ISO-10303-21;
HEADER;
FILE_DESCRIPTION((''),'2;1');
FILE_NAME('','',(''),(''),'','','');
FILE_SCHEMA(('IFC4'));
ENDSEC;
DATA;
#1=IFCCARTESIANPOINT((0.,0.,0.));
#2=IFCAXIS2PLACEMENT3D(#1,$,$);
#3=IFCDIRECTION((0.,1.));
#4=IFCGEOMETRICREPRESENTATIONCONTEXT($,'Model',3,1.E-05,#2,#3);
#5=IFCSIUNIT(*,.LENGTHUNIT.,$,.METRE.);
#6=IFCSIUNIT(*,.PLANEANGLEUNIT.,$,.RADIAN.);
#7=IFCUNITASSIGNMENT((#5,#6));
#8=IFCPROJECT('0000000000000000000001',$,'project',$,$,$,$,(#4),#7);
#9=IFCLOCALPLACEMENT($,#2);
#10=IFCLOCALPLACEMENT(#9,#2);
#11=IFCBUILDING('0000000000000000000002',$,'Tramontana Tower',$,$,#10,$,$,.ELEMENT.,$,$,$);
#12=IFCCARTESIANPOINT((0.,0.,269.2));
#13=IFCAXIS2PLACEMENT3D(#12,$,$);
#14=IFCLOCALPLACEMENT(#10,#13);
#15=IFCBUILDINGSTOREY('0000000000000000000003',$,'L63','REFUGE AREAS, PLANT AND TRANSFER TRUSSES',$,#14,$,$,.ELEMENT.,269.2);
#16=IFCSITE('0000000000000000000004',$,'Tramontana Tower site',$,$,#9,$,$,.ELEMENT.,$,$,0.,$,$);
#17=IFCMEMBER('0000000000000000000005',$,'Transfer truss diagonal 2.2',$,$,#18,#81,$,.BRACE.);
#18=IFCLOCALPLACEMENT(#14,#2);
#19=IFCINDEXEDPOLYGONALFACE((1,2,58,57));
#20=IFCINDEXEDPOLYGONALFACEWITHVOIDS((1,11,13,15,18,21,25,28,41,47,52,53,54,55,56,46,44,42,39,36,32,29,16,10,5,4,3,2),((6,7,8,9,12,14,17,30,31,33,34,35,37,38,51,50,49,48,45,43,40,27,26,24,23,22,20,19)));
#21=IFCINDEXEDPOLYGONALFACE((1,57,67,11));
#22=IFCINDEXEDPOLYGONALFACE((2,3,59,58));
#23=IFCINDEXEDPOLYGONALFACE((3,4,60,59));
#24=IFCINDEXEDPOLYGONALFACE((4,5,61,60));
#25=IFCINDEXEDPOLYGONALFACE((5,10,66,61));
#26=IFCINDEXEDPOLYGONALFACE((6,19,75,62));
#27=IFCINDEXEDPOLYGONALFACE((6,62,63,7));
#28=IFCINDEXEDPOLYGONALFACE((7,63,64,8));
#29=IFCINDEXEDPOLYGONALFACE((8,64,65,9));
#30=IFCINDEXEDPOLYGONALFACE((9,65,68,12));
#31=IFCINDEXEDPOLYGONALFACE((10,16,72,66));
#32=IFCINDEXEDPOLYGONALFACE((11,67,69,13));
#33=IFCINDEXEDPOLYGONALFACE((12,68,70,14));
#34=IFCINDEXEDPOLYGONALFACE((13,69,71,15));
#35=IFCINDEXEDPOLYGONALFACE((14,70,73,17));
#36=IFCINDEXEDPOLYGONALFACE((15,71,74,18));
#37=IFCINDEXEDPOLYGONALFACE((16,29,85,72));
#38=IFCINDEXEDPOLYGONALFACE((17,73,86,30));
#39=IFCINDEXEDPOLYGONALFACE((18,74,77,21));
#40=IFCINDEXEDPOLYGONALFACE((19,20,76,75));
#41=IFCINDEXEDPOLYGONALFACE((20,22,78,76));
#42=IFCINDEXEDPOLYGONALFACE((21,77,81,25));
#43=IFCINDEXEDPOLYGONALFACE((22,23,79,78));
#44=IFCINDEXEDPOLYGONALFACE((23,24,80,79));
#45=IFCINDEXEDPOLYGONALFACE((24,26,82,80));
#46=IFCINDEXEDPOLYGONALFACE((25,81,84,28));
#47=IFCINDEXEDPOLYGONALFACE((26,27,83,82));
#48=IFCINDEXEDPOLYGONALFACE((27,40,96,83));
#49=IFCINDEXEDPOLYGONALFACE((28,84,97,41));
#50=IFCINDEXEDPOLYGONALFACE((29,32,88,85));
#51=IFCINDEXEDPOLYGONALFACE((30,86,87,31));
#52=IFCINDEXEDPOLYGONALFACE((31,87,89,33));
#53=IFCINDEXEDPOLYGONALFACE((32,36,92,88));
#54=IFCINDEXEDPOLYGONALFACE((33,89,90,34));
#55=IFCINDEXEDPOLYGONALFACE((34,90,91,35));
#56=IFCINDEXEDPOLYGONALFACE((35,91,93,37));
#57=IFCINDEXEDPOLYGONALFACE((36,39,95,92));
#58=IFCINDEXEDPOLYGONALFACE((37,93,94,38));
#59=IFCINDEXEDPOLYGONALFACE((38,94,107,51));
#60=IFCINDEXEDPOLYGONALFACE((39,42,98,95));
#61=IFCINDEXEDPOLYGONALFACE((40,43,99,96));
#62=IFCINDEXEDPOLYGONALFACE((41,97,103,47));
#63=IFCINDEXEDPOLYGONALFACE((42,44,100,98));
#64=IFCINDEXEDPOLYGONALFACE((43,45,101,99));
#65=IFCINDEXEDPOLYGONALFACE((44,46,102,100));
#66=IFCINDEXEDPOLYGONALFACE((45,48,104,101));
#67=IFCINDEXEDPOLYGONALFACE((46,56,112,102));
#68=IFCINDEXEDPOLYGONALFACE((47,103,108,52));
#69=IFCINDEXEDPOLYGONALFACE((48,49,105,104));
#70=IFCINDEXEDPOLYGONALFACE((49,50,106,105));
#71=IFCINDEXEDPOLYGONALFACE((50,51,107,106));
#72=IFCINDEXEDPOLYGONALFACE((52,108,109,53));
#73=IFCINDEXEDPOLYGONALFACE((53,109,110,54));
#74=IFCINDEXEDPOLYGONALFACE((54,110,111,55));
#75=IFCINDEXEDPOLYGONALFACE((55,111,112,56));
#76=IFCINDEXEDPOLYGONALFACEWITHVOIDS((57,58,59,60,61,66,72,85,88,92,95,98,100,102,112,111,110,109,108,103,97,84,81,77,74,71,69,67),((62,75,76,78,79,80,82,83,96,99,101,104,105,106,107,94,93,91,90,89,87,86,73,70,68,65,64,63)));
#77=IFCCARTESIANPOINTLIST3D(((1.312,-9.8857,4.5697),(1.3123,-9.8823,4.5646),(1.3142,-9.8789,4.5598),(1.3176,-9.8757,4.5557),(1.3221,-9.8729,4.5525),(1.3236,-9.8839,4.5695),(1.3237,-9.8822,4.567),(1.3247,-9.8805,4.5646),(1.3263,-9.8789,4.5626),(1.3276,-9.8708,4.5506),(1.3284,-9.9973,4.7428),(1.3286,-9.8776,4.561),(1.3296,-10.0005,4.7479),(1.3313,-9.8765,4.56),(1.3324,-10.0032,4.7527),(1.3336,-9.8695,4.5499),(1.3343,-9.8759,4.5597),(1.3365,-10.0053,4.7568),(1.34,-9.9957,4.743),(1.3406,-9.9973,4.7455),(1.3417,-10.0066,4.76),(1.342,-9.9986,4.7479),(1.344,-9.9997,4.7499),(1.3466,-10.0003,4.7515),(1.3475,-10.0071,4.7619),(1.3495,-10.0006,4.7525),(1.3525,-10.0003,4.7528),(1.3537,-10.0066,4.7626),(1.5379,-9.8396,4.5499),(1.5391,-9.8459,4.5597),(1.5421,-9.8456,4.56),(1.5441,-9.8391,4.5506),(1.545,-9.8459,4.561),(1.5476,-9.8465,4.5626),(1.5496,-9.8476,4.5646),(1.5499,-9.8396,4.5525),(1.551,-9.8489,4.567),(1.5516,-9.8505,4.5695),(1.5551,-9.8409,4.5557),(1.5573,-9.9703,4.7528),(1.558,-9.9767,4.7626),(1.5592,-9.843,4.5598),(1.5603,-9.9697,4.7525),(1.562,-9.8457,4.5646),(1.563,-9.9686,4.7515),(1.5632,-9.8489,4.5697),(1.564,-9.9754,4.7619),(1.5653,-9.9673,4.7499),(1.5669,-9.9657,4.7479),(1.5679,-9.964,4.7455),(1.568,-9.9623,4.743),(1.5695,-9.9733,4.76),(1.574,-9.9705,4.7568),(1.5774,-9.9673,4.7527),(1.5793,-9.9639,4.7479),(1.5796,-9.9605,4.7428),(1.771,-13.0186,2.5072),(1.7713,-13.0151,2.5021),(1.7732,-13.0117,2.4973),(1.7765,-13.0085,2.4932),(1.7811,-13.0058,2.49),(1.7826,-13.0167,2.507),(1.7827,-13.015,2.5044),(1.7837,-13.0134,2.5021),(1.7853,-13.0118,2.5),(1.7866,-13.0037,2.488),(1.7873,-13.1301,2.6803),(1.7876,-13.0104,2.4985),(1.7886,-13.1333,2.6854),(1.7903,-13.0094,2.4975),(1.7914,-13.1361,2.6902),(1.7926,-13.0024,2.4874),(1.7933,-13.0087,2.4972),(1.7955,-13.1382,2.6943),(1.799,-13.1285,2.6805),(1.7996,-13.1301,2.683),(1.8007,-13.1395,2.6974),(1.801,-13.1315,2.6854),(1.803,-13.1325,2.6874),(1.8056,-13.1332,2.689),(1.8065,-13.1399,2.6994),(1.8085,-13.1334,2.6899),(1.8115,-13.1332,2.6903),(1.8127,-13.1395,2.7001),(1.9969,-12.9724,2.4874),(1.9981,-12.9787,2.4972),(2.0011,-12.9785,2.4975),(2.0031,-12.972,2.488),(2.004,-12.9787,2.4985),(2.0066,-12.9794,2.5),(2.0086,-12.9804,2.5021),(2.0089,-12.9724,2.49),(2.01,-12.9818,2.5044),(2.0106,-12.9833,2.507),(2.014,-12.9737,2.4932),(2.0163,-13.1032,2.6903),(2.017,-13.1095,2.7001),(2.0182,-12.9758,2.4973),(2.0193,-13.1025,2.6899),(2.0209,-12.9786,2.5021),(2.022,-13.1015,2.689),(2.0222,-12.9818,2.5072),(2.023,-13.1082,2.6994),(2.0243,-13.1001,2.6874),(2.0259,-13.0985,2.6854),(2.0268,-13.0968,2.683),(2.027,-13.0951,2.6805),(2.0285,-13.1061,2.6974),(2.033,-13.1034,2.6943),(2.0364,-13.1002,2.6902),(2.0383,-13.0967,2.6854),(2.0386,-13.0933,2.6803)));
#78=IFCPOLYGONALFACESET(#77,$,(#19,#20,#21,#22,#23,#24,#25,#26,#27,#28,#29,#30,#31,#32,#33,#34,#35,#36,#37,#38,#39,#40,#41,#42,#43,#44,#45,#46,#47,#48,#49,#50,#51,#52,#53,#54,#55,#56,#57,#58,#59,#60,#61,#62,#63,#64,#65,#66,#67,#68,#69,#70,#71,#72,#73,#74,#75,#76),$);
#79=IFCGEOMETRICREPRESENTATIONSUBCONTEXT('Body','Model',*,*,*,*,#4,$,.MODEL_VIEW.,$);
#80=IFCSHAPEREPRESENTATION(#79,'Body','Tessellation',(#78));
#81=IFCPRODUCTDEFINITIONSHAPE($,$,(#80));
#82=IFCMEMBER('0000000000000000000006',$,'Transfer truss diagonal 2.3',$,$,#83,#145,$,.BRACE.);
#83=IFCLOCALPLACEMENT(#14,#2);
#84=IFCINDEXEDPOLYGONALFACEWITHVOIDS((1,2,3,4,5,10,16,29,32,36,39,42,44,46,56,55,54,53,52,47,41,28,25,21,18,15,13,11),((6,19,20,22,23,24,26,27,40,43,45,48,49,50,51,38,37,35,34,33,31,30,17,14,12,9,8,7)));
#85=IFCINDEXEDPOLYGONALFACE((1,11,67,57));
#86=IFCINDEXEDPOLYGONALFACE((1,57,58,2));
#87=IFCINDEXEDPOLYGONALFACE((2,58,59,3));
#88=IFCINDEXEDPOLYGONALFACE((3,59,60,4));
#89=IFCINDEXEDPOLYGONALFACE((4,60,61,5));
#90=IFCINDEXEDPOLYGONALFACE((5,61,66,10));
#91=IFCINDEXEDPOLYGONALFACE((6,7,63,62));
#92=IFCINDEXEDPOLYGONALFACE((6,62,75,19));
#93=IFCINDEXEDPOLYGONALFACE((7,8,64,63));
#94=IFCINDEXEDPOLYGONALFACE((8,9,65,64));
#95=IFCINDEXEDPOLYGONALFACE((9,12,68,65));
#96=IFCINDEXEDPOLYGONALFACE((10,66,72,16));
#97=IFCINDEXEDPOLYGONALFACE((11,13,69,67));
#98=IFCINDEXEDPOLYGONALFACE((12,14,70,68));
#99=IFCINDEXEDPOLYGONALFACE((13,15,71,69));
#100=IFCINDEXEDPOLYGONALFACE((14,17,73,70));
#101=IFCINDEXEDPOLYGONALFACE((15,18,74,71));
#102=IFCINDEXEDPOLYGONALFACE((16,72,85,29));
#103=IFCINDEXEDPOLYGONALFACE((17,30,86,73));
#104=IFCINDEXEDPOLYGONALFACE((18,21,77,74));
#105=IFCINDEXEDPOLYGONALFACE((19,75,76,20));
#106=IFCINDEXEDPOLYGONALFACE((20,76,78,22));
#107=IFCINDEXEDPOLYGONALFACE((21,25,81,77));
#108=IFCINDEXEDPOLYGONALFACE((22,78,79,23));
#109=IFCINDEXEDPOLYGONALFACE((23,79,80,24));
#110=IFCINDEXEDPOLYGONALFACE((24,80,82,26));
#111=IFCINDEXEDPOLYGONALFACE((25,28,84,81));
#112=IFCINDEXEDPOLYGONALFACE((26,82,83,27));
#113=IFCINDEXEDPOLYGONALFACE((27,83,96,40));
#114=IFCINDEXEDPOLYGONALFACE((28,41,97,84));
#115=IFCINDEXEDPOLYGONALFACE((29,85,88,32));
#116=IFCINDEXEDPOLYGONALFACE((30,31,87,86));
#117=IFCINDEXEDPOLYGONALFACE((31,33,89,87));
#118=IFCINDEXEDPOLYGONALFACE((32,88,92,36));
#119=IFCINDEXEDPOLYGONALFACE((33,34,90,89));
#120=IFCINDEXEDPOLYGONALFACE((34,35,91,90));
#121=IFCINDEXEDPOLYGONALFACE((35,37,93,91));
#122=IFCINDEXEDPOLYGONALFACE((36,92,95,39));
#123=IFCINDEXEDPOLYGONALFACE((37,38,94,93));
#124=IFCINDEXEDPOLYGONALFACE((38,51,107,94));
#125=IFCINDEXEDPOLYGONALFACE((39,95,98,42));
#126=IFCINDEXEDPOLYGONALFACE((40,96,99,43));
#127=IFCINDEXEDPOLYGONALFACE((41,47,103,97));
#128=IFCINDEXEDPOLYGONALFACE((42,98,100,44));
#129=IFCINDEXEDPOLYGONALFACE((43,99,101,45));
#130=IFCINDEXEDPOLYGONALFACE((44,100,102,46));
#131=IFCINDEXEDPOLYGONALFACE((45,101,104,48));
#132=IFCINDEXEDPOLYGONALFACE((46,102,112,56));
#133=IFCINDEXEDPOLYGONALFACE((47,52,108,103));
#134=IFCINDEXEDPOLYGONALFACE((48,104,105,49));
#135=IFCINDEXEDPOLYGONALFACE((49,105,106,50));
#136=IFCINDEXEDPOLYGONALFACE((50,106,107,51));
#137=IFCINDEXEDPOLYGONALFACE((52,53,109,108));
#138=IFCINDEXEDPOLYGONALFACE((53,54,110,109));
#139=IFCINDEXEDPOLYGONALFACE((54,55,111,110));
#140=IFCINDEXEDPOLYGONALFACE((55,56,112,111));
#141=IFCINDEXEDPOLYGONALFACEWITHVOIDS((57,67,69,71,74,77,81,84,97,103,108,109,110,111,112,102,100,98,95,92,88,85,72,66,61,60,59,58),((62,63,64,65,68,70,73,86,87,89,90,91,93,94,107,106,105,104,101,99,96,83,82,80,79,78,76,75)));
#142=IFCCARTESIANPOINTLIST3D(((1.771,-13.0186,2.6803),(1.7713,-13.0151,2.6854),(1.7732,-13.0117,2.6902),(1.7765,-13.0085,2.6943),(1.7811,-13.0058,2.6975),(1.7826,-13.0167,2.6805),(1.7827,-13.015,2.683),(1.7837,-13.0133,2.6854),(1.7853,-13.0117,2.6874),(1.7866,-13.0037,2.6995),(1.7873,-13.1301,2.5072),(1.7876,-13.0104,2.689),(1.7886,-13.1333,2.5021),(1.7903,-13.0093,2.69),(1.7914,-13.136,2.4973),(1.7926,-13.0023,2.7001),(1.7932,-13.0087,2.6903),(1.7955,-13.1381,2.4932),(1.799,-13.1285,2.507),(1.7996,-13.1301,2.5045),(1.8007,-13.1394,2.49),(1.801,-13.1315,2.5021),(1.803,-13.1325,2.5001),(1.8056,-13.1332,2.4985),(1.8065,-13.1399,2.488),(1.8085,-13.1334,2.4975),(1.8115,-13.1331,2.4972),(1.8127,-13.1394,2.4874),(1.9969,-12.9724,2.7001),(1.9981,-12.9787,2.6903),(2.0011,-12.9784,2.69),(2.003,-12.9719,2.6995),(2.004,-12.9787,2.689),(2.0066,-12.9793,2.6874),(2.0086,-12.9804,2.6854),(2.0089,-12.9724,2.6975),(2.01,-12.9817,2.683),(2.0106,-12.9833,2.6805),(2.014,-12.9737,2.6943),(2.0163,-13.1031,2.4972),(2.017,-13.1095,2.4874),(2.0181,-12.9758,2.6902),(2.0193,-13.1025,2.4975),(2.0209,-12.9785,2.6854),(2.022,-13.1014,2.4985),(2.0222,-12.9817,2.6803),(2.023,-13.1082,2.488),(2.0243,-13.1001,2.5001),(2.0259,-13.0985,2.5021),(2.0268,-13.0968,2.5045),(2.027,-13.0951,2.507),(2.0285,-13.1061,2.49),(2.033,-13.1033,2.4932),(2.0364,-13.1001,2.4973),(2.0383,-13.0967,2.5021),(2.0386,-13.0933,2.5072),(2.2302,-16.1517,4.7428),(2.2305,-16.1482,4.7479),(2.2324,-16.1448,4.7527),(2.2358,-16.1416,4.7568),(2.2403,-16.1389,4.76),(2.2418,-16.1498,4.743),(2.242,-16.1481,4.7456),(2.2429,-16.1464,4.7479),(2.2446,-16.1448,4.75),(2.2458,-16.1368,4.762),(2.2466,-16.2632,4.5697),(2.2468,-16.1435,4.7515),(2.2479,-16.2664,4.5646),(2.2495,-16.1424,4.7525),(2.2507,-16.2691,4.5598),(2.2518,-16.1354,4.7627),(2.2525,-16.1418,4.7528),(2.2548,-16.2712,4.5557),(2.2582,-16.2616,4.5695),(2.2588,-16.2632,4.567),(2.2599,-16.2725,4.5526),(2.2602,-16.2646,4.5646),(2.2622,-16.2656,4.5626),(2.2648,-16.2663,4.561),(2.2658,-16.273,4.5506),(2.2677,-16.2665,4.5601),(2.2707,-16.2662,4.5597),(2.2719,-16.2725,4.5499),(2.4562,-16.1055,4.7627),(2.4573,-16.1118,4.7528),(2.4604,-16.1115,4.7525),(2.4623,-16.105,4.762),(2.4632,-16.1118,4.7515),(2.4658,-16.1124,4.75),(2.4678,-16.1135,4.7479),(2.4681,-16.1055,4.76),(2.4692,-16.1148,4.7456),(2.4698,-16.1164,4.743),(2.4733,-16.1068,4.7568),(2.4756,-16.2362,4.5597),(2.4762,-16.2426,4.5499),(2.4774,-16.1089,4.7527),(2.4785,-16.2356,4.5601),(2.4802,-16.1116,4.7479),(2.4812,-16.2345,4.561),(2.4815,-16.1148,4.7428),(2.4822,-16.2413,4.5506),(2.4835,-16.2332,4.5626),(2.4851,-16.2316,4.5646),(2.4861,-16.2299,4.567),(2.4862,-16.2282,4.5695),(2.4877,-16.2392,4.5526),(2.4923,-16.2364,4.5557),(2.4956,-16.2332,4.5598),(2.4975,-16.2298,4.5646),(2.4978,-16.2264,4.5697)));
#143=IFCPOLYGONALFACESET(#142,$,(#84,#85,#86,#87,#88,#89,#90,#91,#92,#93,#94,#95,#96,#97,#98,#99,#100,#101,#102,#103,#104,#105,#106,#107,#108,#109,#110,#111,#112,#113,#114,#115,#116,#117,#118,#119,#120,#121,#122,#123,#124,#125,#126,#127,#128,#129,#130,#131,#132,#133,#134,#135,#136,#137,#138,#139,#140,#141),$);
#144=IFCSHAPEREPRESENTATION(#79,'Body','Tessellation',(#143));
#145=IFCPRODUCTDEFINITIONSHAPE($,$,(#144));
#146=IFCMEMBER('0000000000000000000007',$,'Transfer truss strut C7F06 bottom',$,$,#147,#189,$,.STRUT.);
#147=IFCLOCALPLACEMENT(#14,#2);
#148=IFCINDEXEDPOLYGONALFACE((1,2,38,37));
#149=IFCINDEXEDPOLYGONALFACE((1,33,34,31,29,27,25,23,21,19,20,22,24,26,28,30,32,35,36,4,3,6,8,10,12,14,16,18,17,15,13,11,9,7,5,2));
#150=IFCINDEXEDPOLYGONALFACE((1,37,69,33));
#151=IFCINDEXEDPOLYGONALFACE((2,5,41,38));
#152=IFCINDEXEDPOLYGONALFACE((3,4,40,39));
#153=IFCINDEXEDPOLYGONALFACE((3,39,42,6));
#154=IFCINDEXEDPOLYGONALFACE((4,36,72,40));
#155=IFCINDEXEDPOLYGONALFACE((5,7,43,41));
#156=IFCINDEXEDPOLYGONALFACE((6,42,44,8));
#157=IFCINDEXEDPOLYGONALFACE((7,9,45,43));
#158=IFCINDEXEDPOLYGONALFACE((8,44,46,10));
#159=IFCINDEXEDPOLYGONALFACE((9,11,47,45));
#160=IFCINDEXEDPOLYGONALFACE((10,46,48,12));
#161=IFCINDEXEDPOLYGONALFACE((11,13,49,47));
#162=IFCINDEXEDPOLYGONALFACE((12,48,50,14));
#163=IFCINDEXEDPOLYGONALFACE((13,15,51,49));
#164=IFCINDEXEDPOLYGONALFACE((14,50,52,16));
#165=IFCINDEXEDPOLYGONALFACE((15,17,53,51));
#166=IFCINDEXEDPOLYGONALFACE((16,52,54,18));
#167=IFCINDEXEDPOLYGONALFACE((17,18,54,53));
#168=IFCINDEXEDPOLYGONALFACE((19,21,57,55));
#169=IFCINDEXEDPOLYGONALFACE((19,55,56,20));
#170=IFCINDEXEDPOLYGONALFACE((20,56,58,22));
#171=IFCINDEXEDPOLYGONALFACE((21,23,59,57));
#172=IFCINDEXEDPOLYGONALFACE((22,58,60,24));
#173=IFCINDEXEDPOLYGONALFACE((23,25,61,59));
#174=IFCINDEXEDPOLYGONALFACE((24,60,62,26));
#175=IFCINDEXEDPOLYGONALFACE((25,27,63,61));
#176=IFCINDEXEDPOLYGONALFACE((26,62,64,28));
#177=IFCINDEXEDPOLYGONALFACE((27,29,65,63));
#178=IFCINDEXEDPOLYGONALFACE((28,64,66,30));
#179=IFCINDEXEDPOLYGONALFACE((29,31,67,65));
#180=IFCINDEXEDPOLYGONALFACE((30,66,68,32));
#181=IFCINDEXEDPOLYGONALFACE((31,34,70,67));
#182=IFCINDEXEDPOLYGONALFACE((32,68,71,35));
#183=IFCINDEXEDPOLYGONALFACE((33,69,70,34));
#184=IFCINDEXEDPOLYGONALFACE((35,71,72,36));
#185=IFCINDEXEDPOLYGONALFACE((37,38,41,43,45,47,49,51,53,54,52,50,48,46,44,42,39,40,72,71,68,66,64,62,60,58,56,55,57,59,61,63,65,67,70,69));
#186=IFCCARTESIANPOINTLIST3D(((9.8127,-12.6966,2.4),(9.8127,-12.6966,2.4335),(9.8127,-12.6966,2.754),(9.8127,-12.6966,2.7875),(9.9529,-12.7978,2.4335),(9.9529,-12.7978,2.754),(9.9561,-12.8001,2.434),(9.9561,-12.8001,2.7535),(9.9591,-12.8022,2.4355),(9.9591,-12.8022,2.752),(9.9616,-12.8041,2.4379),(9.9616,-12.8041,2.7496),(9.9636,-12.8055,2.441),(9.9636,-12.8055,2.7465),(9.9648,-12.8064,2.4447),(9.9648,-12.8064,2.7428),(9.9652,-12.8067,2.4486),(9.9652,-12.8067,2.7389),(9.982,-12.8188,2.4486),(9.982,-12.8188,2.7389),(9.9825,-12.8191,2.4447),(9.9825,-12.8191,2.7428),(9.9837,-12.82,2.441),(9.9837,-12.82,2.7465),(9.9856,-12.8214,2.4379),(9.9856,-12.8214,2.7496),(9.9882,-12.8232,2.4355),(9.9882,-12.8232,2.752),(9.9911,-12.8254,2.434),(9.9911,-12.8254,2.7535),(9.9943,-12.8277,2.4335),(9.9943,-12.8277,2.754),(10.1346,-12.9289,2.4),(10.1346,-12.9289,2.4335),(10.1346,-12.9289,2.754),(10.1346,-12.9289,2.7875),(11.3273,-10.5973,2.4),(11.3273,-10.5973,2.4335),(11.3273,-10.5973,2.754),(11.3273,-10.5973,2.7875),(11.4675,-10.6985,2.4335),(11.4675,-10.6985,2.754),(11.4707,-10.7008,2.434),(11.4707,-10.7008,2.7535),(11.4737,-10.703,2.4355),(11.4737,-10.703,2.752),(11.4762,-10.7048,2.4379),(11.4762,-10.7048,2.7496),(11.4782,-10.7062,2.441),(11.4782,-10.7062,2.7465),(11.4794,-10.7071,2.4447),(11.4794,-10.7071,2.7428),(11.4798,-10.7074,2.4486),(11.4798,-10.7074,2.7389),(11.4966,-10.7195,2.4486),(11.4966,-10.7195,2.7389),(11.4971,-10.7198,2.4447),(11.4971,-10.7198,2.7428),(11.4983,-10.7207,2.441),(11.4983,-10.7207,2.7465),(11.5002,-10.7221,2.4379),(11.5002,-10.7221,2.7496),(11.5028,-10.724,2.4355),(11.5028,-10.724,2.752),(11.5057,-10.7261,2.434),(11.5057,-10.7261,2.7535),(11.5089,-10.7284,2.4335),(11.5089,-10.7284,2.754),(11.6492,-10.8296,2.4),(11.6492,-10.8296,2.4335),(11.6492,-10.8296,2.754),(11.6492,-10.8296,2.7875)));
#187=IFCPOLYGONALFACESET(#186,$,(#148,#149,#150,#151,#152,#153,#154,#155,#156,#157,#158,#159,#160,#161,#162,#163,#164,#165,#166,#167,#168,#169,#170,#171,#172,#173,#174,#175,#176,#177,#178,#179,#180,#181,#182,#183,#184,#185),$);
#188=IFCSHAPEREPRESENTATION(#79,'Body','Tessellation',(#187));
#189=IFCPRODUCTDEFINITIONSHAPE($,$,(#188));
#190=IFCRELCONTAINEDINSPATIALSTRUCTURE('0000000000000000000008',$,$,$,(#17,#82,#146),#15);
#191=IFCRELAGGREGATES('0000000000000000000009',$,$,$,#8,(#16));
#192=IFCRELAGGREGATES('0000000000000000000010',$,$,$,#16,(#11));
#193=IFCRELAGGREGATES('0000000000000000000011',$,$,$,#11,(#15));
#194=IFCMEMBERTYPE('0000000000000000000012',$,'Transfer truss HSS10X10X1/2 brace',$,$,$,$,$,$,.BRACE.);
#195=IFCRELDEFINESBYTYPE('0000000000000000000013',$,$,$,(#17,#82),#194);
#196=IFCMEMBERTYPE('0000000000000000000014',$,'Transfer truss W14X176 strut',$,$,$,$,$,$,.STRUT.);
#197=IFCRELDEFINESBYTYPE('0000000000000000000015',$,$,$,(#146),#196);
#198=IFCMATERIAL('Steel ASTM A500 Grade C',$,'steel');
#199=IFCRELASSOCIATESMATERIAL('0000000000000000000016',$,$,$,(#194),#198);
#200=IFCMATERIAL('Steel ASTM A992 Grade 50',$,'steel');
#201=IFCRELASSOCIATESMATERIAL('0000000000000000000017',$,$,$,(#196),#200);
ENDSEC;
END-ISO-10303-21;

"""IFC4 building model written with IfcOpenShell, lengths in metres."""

from ifc_helpers import new_model, si_unit, direction, frame, origin, origin_2d, place, context, subcontext, project, spatial, hollow_rectangle, i_section, extrude, material, material_profile, profile_set, type_object, element, save


model = new_model("IFC4")

# Units and contexts
model_context = context("Model", 3, precision=1e-05, world=origin(), true_north=direction((0.0, 1.0)))
body_context = subcontext(model_context, "Body", "Model", "MODEL_VIEW")
ifc_project = project(units=[si_unit("LENGTHUNIT", "METRE"), si_unit("PLANEANGLEUNIT", "RADIAN")], contexts=[model_context])

# Site, building, storey
site_placement = place(None, origin())
site = spatial("IfcSite", under=ifc_project, at=site_placement, Name="Tramontana Tower site", CompositionType="ELEMENT", RefElevation=0.0)
building_placement = place(site_placement, origin())
building = spatial("IfcBuilding", under=site, at=building_placement, Name="Tramontana Tower", CompositionType="ELEMENT")
storey_placement = place(building_placement, frame((0.0, 0.0, 269.2)))
storey = spatial("IfcBuildingStorey", under=building, at=storey_placement, Name="L63", Description="REFUGE AREAS, PLANT AND TRANSFER TRUSSES", CompositionType="ELEMENT", Elevation=269.2)

# Members
ifc_material_1 = material(Name="Steel ASTM A500 Grade C", Category="steel")
ifc_material_profile_1 = material_profile(ifc_material_1, hollow_rectangle(XDim=0.2539, YDim=0.2539, WallThickness=0.0117, InnerFilletRadius=0.0117, OuterFilletRadius=0.0237, at=origin_2d()), Name="HSS10X10X1/2")
ifc_profile_set_1 = profile_set([ifc_material_profile_1], Name="Steel ASTM A500 Grade C")
member_type_1 = type_object("IfcMemberType", Name="Transfer truss HSS10X10X1/2 brace", PredefinedType="BRACE", material=ifc_profile_set_1)
member_1_placement = place(storey_placement, frame((1.4458, -9.9231, 4.6562), z_axis=(0.121464, -0.829057, -0.545813), x_axis=(0.989437, 0.144961, 0.0)))
element("IfcMember", 1, at=member_1_placement, inside=storey, type_object=member_type_1, Name="Transfer truss diagonal 2.2", PredefinedType="BRACE", context=body_context, shape_type="SweptSolid", body=[
    extrude(hollow_rectangle(XDim=0.2539, YDim=0.2539, WallThickness=0.0117, InnerFilletRadius=0.0117, OuterFilletRadius=0.0237, at=origin_2d()), origin(), (0.0, 0.0, 1.0), 3.7788),
])
member_2_placement = place(storey_placement, frame((1.9048, -13.0559, 2.5938), z_axis=(0.121521, -0.82907, 0.545779), x_axis=(0.989428, 0.145026, 0.0)))
element("IfcMember", 2, at=member_2_placement, inside=storey, type_object=member_type_1, Name="Transfer truss diagonal 2.3", PredefinedType="BRACE", context=body_context, shape_type="SweptSolid", body=[
    extrude(hollow_rectangle(XDim=0.2539, YDim=0.2539, WallThickness=0.0117, InnerFilletRadius=0.0117, OuterFilletRadius=0.0237, at=origin_2d()), origin(), (0.0, 0.0, 1.0), 3.7791),
])
ifc_material_2 = material(Name="Steel ASTM A992 Grade 50", Category="steel")
ifc_material_profile_2 = material_profile(ifc_material_2, i_section(OverallWidth=0.397, OverallDepth=0.3875, WebThickness=0.0208, FlangeThickness=0.0334, FilletRadius=0.0151, at=origin_2d()), Name="W14X176")
ifc_profile_set_2 = profile_set([ifc_material_profile_2], Name="Steel ASTM A992 Grade 50")
member_type_2 = type_object("IfcMemberType", Name="Transfer truss W14X176 strut", PredefinedType="STRUT", material=ifc_profile_set_2)
member_3_placement = place(storey_placement, frame((9.9736, -12.8127, 2.5938), z_axis=(0.585094, 0.810965, 0.0), x_axis=(-0.810965, 0.585094, 0.0)))
element("IfcMember", 3, at=member_3_placement, inside=storey, type_object=member_type_2, Name="Transfer truss strut C7F06 bottom", PredefinedType="STRUT", context=body_context, shape_type="SweptSolid", body=[
    extrude(i_section(OverallWidth=0.397, OverallDepth=0.3875, WebThickness=0.0208, FlangeThickness=0.0334, FilletRadius=0.0151, at=origin_2d()), origin(), (0.0, 0.0, 1.0), 2.5886),
])

save(model, "model.ifc")
